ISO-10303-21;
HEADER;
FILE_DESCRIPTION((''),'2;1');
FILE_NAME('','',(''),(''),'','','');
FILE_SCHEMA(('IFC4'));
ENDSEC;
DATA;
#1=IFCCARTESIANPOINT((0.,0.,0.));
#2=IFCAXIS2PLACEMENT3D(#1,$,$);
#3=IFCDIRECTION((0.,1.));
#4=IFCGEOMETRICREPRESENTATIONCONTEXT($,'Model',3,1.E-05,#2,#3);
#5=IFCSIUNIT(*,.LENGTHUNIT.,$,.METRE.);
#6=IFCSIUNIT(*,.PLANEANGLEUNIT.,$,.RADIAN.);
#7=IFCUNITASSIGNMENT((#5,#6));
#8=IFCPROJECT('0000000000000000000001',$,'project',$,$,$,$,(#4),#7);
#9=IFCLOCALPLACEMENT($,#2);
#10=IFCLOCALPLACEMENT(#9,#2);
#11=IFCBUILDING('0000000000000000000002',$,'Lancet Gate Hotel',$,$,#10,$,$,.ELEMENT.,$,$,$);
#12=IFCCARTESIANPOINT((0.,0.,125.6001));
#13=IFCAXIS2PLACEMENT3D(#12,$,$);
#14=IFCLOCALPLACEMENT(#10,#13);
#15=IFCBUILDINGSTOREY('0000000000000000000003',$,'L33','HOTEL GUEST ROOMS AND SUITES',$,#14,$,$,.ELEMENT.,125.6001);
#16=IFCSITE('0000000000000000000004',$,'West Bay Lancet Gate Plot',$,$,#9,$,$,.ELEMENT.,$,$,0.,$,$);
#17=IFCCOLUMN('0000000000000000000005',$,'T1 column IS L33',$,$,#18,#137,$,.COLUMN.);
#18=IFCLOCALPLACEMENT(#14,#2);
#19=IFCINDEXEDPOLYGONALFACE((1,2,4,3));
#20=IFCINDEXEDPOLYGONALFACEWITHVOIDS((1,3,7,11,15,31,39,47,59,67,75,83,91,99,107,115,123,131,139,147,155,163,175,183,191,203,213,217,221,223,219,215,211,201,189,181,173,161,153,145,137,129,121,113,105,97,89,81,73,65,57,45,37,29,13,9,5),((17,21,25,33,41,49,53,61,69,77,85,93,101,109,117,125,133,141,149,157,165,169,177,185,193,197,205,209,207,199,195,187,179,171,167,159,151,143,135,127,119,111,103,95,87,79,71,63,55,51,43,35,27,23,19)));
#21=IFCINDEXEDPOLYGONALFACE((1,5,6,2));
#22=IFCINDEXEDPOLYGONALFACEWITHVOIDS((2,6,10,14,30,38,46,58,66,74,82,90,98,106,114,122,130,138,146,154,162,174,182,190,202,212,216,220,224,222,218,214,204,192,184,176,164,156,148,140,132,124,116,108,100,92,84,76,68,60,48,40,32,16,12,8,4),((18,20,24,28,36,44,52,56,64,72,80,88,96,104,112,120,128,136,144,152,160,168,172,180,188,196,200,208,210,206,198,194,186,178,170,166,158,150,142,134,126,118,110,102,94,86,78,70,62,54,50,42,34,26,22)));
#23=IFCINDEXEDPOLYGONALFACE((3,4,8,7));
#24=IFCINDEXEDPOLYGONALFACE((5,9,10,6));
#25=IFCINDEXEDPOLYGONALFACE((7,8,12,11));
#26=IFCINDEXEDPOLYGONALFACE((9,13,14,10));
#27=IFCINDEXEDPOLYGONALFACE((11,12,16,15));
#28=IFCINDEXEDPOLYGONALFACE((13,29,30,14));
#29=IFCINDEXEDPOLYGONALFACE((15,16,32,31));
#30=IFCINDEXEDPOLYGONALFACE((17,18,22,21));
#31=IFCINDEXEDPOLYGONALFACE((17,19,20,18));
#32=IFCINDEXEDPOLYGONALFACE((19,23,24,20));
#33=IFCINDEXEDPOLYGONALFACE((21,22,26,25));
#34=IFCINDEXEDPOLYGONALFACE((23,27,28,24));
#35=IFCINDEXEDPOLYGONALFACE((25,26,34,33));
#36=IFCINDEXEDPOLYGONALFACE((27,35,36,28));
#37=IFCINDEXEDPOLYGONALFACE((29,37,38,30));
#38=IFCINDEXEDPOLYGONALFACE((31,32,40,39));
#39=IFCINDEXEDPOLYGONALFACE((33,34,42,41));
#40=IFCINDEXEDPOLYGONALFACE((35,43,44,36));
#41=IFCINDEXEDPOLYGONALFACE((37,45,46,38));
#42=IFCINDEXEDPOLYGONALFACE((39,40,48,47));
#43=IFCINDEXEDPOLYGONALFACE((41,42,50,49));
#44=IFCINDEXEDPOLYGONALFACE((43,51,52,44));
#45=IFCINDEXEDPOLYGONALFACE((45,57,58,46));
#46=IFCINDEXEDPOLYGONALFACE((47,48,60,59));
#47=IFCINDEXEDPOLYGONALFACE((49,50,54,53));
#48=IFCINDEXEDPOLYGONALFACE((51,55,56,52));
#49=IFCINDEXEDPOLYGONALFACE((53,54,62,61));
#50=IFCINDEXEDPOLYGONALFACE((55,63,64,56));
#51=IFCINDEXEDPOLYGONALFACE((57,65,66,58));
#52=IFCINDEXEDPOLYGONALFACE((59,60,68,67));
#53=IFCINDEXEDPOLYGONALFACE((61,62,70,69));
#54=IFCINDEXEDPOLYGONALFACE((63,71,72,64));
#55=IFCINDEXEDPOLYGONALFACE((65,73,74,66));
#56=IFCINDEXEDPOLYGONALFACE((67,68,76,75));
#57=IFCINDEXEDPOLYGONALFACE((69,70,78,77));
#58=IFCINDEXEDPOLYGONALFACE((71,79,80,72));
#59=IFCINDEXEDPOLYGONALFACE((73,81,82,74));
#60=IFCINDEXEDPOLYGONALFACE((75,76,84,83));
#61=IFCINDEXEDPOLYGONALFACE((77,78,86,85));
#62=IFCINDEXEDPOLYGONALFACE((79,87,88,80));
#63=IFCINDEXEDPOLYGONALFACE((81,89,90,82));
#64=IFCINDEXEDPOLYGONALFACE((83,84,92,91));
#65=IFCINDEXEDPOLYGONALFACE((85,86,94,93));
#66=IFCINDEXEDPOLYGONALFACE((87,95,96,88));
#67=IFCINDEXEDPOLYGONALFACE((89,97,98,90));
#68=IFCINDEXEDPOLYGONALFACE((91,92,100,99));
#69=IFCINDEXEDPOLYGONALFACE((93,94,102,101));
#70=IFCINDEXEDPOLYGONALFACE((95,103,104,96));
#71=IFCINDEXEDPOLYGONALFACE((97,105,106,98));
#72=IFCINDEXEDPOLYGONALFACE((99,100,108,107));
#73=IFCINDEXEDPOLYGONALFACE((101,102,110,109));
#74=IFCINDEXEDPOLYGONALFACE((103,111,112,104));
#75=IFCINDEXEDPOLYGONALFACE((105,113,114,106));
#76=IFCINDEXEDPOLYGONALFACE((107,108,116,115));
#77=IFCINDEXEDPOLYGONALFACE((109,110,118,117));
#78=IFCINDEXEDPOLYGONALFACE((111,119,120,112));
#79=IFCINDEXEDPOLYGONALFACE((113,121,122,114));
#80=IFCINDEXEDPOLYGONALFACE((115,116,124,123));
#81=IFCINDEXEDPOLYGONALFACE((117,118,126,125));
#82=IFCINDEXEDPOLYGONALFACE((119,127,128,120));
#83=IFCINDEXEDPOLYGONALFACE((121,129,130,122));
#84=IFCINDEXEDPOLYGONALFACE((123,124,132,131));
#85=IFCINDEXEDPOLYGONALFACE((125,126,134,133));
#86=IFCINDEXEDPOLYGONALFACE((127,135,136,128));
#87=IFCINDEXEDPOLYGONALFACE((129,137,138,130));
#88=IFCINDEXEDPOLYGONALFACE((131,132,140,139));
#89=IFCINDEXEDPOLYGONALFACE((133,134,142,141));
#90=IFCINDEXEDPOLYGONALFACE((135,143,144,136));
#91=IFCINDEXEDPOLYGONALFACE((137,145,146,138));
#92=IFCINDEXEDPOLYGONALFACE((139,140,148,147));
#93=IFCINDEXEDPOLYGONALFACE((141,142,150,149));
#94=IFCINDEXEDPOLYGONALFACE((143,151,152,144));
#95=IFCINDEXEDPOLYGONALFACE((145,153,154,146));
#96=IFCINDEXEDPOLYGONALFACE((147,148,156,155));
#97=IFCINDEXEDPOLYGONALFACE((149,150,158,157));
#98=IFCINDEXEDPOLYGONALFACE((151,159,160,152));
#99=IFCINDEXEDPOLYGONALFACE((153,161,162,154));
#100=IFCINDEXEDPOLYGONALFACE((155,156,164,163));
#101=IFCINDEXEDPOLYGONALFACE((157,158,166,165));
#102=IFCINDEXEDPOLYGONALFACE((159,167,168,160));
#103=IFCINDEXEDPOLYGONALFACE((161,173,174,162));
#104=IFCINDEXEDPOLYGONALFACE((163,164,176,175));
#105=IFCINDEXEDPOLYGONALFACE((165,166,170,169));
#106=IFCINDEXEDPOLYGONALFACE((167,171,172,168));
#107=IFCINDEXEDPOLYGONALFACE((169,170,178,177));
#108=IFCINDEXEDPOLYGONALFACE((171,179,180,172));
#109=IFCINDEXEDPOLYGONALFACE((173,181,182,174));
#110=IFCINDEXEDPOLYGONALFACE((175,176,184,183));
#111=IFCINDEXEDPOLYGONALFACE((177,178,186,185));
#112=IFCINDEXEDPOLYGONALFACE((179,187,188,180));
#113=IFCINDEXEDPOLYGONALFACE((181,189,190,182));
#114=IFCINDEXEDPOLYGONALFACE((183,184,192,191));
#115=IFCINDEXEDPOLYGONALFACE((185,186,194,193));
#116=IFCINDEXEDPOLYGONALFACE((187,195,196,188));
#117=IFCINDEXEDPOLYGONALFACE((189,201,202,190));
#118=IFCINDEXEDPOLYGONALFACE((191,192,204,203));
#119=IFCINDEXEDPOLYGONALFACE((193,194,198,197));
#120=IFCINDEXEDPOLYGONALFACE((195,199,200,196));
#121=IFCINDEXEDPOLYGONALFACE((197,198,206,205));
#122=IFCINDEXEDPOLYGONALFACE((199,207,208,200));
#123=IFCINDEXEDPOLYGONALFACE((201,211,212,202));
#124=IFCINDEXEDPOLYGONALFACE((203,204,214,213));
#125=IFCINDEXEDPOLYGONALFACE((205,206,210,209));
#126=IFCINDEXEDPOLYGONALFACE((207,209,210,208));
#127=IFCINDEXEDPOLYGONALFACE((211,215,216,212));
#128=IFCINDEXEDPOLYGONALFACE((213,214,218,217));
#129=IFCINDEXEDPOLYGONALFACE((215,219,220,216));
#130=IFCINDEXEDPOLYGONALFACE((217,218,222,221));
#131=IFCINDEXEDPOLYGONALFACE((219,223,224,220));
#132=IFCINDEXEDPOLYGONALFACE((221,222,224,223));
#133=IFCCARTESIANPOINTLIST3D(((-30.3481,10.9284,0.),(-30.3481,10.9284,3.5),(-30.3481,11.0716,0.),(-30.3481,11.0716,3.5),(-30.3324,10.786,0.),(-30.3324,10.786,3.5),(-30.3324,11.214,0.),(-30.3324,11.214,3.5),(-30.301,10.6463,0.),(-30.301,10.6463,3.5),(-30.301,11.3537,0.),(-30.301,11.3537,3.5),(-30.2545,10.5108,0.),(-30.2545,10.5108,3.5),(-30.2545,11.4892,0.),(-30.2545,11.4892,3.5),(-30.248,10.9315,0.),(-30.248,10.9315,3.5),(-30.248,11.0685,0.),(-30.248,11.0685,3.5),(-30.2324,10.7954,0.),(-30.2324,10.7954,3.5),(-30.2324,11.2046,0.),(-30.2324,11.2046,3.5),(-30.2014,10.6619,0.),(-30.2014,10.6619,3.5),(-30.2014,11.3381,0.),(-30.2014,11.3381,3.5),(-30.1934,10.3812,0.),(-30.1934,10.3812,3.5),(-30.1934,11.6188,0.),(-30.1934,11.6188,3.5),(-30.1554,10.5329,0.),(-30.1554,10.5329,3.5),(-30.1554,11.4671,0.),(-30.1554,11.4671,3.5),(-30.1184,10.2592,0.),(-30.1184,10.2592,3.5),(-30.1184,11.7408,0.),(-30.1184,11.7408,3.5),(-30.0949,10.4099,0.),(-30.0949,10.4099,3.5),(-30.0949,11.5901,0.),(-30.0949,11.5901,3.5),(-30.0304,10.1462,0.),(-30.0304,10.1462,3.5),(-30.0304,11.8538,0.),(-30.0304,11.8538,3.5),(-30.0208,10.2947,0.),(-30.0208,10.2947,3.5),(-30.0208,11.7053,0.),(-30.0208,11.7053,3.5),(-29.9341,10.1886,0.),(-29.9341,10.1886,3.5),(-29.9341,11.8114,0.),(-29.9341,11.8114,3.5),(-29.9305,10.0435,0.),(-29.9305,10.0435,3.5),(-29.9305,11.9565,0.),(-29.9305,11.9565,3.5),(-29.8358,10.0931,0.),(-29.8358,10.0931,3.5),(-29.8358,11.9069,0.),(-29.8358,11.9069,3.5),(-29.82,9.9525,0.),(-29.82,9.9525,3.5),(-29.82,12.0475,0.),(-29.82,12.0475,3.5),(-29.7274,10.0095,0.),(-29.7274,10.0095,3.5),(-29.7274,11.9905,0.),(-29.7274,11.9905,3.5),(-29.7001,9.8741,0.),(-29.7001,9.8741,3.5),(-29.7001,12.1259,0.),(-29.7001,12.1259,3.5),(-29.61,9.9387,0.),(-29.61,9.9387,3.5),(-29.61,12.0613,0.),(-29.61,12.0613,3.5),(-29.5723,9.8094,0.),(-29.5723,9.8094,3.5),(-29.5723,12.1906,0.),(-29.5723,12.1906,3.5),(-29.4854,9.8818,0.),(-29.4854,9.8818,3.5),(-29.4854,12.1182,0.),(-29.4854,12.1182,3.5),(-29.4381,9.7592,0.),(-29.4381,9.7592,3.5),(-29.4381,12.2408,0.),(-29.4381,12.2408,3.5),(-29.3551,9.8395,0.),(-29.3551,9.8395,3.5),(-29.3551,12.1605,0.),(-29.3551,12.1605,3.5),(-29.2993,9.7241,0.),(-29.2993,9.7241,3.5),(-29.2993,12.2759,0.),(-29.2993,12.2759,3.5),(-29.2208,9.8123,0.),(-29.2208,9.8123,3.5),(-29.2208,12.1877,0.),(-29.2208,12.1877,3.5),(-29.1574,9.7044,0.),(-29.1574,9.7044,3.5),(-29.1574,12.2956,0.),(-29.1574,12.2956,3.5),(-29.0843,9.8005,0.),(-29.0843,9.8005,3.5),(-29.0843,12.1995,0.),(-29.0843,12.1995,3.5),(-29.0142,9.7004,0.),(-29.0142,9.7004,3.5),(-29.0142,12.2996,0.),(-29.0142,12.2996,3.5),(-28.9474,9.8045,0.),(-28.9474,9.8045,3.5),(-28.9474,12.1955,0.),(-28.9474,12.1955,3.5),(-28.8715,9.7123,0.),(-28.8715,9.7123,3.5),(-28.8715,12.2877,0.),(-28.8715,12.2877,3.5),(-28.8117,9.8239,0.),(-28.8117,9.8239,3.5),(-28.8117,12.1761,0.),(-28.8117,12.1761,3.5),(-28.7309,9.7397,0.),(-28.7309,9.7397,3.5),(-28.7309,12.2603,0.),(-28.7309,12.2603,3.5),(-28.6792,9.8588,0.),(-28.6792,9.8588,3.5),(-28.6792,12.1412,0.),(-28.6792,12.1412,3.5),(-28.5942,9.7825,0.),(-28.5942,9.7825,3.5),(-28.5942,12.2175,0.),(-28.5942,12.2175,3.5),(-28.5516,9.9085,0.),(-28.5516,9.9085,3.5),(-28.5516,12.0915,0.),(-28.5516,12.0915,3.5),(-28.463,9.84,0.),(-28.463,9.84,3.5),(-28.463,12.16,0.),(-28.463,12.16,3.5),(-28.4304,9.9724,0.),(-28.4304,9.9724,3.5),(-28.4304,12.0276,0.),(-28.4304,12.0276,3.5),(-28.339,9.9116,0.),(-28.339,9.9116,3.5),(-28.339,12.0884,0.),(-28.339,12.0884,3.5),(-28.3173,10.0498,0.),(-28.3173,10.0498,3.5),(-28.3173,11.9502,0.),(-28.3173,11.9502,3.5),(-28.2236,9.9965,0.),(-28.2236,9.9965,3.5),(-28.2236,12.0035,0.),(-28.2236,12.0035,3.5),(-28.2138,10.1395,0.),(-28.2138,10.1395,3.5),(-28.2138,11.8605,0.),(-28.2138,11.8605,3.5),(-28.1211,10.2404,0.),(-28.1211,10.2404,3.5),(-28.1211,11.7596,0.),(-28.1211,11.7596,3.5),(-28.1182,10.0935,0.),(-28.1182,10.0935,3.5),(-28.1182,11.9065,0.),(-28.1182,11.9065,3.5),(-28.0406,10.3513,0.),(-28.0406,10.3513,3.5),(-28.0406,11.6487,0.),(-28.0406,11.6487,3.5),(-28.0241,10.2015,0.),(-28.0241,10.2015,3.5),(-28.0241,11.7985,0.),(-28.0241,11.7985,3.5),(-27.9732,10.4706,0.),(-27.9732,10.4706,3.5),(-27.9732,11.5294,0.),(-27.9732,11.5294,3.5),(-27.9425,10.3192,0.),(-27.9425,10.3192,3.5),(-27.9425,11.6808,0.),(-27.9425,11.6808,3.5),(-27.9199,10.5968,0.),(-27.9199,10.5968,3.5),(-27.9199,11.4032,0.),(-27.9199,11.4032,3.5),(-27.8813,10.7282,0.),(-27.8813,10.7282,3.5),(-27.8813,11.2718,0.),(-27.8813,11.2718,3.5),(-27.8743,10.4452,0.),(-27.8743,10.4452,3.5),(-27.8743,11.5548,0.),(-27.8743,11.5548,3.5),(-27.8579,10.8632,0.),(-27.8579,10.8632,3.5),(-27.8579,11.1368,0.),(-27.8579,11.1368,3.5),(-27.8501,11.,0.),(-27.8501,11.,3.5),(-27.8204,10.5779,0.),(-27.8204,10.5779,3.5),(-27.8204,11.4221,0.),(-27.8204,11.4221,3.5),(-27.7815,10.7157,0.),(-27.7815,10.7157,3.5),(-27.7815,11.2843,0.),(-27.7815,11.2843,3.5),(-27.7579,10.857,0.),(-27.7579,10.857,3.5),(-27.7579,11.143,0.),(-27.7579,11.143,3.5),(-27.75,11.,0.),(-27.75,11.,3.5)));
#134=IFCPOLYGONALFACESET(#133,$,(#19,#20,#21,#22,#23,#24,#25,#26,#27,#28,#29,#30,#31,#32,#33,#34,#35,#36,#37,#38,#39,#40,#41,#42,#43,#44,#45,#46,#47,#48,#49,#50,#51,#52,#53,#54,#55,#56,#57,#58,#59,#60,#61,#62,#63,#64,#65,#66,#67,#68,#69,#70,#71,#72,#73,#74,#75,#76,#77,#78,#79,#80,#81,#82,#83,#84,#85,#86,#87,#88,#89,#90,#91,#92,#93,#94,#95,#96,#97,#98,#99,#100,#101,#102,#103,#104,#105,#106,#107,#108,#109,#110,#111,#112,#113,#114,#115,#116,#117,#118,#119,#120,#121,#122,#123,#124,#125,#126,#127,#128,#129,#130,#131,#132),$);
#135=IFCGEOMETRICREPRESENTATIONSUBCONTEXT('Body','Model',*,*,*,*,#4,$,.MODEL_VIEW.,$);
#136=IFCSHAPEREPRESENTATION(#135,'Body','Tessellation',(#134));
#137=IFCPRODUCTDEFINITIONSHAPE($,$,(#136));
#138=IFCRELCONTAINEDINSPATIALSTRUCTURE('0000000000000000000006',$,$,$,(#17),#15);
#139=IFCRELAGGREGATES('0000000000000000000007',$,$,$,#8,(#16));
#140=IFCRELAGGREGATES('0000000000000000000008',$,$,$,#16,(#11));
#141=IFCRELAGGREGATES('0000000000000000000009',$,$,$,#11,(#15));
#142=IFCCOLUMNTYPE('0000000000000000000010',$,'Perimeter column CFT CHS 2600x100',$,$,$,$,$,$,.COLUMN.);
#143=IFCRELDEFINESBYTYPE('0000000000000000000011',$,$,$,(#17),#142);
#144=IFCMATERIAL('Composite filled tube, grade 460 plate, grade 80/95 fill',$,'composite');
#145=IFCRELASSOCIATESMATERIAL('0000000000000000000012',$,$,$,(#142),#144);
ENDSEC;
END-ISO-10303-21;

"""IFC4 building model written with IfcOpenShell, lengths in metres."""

from ifc_helpers import new_model, si_unit, direction, frame, origin, origin_2d, place, context, subcontext, project, spatial, hollow_circle, extrude, material, material_profile, profile_set, type_object, element, save


model = new_model("IFC4")

# Units and contexts
model_context = context("Model", 3, precision=1e-05, world=origin(), true_north=direction((0.0, 1.0)))
body_context = subcontext(model_context, "Body", "Model", "MODEL_VIEW")
ifc_project = project(units=[si_unit("LENGTHUNIT", "METRE"), si_unit("PLANEANGLEUNIT", "RADIAN")], contexts=[model_context])

# Site, building, storey
site_placement = place(None, origin())
site = spatial("IfcSite", under=ifc_project, at=site_placement, Name="West Bay Lancet Gate Plot", CompositionType="ELEMENT", RefElevation=0.0)
building_placement = place(site_placement, origin())
building = spatial("IfcBuilding", under=site, at=building_placement, Name="Lancet Gate Hotel", CompositionType="ELEMENT")
storey_placement = place(building_placement, frame((0.0, 0.0, 125.6001)))
storey = spatial("IfcBuildingStorey", under=building, at=storey_placement, Name="L33", Description="HOTEL GUEST ROOMS AND SUITES", CompositionType="ELEMENT", Elevation=125.6001)

# Column
ifc_material_1 = material(Name="Composite filled tube, grade 460 plate, grade 80/95 fill", Category="composite")
ifc_material_profile_1 = material_profile(ifc_material_1, hollow_circle(Radius=1.3, WallThickness=0.1001, at=origin_2d()), Name="CHS 2600x100")
ifc_profile_set_1 = profile_set([ifc_material_profile_1], Name="Composite filled tube, grade 460 plate, grade 80/95 fill")
column_type = type_object("IfcColumnType", Name="Perimeter column CFT CHS 2600x100", PredefinedType="COLUMN", material=ifc_profile_set_1)
for number, where, z_axis, x_axis, name in (
    (1, (-29.05, 11.0, 0.0), (0.0, 0.0, 1.0), (1.0, 0.0, 0.0), "T1 column IS L33"),
):
    element("IfcColumn", number, at=place(storey_placement, frame(where, z_axis=z_axis, x_axis=x_axis)), inside=storey, type_object=column_type, Name=name, PredefinedType="COLUMN", context=body_context, shape_type="SweptSolid", body=[
        extrude(hollow_circle(Radius=1.3, WallThickness=0.1001, at=origin_2d()), origin(), (0.0, 0.0, 1.0), 3.5),
    ])

save(model, "model.ifc")
